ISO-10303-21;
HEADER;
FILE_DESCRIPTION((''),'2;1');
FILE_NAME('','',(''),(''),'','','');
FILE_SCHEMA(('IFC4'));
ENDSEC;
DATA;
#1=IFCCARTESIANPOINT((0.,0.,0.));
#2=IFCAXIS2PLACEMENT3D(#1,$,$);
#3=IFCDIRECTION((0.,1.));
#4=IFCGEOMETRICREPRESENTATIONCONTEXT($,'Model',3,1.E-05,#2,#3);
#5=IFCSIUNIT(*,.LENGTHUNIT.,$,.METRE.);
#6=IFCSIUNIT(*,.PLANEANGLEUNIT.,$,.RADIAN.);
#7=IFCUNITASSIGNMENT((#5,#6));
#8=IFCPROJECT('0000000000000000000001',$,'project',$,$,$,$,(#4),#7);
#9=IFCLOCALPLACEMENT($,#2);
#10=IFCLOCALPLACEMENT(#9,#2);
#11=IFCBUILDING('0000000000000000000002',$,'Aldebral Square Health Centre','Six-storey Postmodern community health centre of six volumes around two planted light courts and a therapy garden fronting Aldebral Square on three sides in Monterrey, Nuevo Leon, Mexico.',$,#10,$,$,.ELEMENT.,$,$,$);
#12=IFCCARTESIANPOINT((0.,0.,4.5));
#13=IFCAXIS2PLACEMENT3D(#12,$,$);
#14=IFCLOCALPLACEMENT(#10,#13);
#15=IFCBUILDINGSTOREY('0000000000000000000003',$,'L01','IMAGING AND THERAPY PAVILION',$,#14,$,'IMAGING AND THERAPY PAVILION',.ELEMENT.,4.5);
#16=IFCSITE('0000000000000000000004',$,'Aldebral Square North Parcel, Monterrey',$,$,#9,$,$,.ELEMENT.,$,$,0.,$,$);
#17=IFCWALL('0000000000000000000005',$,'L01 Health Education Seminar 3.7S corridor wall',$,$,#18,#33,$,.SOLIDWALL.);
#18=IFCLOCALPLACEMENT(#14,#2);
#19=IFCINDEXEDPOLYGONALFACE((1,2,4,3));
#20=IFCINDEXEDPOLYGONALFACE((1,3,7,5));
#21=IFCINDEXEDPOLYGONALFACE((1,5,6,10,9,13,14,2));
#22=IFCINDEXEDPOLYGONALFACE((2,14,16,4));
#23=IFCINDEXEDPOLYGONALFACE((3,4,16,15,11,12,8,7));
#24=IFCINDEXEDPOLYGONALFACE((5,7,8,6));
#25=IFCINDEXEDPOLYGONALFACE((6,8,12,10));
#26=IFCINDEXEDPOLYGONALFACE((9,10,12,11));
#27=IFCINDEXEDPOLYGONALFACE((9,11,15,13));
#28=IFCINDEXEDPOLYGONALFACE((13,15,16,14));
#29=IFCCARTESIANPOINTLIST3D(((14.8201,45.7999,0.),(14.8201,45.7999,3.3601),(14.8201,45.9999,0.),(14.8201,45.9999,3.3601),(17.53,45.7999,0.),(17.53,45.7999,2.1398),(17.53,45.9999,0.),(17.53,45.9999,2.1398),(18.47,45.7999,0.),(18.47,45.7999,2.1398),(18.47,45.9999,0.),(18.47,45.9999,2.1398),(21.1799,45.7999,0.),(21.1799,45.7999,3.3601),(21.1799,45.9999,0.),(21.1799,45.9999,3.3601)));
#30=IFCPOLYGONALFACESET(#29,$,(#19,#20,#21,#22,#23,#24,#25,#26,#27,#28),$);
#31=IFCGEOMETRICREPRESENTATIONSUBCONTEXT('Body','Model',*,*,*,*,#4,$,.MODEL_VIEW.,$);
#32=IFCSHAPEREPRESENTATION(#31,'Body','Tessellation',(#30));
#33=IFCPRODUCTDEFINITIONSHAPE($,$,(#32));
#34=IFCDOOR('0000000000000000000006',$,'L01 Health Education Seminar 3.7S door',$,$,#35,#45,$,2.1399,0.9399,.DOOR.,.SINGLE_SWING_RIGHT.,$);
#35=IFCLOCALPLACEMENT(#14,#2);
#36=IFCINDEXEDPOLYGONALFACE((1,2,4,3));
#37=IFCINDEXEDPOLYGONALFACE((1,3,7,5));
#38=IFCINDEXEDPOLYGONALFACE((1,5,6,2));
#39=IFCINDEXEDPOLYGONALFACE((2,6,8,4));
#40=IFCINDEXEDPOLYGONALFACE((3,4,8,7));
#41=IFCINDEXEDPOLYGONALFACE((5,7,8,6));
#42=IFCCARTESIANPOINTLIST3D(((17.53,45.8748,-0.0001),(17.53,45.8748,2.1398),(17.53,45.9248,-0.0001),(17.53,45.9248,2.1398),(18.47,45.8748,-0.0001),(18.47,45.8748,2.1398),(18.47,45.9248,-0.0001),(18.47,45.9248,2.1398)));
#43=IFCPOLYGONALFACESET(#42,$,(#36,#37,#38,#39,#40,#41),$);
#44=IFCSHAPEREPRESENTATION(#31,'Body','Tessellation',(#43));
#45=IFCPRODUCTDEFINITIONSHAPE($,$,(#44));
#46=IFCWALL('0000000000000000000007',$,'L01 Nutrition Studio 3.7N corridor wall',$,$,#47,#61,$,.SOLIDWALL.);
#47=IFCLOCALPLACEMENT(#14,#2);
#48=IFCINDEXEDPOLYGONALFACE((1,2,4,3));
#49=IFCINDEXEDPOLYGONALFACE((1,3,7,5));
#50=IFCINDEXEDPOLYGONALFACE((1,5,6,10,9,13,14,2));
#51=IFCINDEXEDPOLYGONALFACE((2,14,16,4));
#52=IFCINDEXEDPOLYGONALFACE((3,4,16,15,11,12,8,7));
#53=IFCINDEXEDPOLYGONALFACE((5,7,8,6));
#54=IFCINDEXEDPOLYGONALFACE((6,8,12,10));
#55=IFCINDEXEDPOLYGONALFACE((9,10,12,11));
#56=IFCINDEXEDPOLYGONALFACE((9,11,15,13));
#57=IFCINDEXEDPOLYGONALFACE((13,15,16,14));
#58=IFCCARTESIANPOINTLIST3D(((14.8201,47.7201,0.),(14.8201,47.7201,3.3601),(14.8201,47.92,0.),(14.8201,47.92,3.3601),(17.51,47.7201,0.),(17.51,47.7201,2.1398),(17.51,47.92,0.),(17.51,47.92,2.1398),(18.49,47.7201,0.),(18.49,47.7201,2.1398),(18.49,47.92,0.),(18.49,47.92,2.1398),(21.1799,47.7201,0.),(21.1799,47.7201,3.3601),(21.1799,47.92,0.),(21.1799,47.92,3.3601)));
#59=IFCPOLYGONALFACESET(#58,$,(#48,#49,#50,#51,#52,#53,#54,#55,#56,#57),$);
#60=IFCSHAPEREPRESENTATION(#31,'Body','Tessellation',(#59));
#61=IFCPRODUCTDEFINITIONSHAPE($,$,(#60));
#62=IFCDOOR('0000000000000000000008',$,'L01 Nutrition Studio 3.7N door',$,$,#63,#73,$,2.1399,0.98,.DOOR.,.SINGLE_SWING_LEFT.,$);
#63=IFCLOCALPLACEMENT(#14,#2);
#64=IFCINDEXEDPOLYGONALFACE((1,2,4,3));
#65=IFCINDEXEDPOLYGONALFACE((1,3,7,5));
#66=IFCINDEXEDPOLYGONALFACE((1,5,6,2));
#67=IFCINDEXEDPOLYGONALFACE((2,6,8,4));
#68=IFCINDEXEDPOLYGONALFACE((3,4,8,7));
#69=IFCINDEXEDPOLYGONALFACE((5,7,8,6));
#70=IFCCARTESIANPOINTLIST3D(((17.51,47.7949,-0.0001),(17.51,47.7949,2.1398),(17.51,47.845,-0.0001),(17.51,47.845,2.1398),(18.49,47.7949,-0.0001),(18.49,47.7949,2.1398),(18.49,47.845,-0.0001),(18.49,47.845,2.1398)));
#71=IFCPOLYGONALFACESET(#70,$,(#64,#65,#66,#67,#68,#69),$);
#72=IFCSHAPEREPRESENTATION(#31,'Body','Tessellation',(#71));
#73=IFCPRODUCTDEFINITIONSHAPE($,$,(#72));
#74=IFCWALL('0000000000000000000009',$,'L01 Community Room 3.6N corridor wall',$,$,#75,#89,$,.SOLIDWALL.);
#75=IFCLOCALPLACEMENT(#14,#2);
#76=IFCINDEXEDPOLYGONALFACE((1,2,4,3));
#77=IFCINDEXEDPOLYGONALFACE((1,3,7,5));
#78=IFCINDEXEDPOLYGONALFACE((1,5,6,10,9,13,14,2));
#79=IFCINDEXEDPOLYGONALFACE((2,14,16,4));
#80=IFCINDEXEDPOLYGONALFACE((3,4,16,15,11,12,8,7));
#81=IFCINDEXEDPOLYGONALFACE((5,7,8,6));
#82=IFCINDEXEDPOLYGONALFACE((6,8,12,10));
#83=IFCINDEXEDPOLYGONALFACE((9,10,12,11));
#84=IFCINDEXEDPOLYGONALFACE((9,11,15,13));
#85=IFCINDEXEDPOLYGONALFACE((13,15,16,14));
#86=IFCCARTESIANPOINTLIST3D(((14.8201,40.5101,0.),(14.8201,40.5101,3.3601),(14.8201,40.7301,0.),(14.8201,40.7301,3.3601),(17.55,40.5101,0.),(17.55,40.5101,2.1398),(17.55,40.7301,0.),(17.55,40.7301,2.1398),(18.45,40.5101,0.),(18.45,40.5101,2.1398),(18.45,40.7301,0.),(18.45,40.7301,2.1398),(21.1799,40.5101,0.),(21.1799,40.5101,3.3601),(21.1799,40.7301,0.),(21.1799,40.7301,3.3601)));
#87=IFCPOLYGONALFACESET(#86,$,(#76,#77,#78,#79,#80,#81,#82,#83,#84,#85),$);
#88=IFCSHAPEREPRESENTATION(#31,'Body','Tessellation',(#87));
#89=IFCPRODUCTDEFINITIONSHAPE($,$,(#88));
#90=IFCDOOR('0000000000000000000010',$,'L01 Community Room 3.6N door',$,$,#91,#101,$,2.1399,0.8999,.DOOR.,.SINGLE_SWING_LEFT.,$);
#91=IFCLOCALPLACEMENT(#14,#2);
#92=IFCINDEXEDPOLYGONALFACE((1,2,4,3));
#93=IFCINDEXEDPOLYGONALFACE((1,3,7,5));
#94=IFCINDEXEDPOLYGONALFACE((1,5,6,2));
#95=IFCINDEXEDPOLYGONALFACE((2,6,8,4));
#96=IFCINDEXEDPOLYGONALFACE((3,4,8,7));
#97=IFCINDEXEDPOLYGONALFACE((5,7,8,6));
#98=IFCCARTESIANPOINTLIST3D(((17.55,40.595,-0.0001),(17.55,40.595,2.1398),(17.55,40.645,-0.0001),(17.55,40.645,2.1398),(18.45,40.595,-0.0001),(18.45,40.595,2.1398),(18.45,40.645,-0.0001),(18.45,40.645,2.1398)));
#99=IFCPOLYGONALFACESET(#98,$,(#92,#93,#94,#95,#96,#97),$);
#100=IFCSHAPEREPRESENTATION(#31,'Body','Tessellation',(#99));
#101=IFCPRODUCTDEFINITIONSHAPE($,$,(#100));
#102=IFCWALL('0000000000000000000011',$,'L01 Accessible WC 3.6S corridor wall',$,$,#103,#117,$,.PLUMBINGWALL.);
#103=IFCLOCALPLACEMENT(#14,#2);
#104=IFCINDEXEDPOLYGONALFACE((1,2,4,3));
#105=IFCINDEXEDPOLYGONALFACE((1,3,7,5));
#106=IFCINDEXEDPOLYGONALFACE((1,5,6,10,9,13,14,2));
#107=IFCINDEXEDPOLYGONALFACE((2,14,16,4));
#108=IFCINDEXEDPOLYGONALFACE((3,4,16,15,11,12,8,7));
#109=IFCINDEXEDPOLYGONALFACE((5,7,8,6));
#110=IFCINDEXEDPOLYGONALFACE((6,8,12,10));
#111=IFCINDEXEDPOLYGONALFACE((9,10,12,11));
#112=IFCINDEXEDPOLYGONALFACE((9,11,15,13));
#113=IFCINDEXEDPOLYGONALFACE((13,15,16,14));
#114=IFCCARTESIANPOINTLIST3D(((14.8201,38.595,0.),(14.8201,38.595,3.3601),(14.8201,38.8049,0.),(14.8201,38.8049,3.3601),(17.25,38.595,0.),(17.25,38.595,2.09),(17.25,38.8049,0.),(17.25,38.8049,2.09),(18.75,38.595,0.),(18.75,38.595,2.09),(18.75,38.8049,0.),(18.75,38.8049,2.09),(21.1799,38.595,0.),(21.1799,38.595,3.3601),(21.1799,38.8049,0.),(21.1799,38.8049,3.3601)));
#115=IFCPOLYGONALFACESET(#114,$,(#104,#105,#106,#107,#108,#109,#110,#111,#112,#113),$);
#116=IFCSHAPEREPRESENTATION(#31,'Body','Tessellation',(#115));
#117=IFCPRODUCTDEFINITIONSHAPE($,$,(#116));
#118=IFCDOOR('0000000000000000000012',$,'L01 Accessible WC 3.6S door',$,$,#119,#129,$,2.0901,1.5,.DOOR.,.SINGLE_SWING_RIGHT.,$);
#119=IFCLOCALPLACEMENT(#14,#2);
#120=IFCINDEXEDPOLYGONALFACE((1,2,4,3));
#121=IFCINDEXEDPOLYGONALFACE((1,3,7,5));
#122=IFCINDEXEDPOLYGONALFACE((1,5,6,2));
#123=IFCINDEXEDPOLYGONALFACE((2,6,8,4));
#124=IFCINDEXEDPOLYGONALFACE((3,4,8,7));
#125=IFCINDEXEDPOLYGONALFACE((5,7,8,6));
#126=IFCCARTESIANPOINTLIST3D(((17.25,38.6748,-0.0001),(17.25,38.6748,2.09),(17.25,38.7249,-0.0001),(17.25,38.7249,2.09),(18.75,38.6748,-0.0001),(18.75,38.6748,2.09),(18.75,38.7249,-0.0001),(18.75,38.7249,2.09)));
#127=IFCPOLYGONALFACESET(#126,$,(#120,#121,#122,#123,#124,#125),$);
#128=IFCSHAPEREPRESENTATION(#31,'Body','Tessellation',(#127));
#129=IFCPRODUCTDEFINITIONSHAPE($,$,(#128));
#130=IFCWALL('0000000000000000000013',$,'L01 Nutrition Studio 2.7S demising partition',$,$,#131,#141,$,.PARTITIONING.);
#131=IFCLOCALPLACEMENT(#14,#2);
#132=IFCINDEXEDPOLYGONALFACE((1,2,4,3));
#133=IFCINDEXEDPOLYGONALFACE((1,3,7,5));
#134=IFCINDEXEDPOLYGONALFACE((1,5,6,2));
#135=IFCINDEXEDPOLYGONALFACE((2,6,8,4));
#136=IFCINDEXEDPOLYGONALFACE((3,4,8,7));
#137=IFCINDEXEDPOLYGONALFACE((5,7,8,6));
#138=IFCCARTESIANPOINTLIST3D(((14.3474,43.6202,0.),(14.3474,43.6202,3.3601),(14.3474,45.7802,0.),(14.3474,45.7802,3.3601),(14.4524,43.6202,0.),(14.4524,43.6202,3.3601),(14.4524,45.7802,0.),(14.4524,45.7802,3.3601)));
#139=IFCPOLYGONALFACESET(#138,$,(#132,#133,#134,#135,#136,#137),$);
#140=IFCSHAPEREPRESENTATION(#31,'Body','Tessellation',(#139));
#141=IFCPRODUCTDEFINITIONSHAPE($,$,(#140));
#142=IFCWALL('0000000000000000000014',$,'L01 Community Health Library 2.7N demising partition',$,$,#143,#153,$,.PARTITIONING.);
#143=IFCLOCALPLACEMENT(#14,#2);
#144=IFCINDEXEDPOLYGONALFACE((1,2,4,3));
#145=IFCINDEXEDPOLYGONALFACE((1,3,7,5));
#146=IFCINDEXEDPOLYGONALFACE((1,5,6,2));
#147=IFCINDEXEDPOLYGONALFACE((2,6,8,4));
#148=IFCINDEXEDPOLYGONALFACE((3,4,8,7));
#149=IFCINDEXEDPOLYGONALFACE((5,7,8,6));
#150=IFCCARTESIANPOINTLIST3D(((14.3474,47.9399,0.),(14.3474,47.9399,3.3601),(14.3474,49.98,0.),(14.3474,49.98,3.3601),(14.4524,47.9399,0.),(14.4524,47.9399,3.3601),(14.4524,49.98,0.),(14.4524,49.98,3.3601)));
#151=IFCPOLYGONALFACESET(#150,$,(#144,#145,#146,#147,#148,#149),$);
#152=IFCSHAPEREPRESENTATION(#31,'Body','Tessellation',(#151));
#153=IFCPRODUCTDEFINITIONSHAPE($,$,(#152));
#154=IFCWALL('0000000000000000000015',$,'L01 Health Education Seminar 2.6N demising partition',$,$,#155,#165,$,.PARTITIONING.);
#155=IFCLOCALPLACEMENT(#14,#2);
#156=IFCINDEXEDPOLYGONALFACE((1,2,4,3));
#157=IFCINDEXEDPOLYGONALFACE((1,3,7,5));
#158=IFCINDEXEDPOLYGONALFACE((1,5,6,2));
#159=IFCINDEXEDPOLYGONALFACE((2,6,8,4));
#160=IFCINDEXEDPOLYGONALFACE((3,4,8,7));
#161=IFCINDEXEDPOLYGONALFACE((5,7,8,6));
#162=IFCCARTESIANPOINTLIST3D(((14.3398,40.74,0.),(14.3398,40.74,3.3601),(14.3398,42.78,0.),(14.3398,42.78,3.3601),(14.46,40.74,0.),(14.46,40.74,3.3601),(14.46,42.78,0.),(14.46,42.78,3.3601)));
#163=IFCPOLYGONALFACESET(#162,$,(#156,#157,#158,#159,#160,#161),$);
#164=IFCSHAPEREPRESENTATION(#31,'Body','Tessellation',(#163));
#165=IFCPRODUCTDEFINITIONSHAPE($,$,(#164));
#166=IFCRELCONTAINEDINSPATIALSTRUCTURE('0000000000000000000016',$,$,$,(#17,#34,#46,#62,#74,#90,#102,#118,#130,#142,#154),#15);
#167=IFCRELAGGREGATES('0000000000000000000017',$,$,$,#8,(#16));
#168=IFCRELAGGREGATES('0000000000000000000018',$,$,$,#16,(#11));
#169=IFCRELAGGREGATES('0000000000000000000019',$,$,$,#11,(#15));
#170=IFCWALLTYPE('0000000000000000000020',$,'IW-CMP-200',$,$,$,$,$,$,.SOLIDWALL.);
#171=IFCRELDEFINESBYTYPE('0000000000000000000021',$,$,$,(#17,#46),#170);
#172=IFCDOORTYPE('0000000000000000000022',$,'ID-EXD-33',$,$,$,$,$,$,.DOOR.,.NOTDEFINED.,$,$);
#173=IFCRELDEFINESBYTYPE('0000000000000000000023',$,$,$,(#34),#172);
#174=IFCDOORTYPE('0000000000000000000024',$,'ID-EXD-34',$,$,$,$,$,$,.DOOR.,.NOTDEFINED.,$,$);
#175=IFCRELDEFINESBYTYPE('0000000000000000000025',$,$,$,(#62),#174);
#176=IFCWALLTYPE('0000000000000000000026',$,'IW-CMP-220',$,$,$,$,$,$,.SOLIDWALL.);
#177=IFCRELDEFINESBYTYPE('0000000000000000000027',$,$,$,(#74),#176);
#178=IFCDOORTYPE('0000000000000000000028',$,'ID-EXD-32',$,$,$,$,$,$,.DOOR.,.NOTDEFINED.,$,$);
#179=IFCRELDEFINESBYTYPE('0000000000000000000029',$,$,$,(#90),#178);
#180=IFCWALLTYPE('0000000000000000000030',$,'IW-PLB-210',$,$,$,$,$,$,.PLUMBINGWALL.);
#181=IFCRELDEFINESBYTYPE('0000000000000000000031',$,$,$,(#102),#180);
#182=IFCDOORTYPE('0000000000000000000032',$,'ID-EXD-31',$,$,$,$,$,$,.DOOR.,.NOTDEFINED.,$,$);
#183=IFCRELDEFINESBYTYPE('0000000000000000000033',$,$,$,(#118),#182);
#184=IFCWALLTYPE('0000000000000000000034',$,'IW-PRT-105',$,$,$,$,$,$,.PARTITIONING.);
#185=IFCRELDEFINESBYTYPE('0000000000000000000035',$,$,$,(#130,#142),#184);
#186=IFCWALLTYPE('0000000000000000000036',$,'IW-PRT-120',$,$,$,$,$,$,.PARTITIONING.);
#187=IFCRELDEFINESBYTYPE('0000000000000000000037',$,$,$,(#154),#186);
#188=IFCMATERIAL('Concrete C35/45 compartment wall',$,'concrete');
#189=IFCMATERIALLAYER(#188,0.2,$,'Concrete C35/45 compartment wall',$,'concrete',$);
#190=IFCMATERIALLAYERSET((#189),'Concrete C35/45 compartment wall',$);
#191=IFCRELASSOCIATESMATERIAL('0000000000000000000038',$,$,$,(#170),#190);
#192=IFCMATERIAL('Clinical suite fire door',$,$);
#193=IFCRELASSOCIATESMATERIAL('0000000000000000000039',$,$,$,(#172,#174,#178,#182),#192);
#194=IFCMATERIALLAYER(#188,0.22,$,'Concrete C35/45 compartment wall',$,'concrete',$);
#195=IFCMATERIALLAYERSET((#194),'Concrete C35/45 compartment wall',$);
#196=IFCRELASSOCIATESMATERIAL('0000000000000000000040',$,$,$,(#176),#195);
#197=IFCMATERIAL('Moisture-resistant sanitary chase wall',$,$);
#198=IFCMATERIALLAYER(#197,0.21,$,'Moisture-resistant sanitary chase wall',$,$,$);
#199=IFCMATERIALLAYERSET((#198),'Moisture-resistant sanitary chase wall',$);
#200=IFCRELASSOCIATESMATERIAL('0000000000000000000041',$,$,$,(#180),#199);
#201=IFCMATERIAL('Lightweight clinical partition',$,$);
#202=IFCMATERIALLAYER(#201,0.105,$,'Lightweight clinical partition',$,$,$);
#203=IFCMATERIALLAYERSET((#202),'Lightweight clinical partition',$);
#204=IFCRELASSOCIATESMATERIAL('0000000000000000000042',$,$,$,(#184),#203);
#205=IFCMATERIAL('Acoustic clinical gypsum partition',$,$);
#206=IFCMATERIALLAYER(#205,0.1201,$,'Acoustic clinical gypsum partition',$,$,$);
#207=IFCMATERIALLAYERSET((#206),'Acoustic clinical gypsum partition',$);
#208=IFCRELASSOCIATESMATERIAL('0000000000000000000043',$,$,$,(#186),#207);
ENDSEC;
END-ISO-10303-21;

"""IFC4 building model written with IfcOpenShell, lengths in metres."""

from ifc_helpers import new_model, si_unit, direction, frame, frame_2d, origin, place, context, subcontext, project, spatial, rectangle, extrude, material, layer, layer_set, type_object, element, fill, save


model = new_model("IFC4")

# Units and contexts
model_context = context("Model", 3, precision=1e-05, world=origin(), true_north=direction((0.0, 1.0)))
body_context = subcontext(model_context, "Body", "Model", "MODEL_VIEW")
ifc_project = project(units=[si_unit("LENGTHUNIT", "METRE"), si_unit("PLANEANGLEUNIT", "RADIAN")], contexts=[model_context])

# Site, building, storey
site_placement = place(None, origin())
site = spatial("IfcSite", under=ifc_project, at=site_placement, Name="Aldebral Square North Parcel, Monterrey", CompositionType="ELEMENT", RefElevation=0.0)
building_placement = place(site_placement, origin())
building = spatial("IfcBuilding", under=site, at=building_placement, Name="Aldebral Square Health Centre", Description="Six-storey Postmodern community health centre of six volumes around two planted light courts and a therapy garden fronting Aldebral Square on three sides in Monterrey, Nuevo Leon, Mexico.", CompositionType="ELEMENT")
storey_placement = place(building_placement, frame((0.0, 0.0, 4.5)))
storey = spatial("IfcBuildingStorey", under=building, at=storey_placement, Name="L01", Description="IMAGING AND THERAPY PAVILION", LongName="IMAGING AND THERAPY PAVILION", CompositionType="ELEMENT", Elevation=4.5)

# Walls, openings, doors
ifc_material_1 = material(Name="Concrete C35/45 compartment wall", Category="concrete")
ifc_layer_1 = layer(ifc_material_1, 0.2, Name="Concrete C35/45 compartment wall", Category="concrete")
ifc_layer_set_1 = layer_set([ifc_layer_1], Name="Concrete C35/45 compartment wall")
wall_type_1 = type_object("IfcWallType", Name="IW-CMP-200", PredefinedType="SOLIDWALL", material=ifc_layer_set_1)
wall_1_placement = place(storey_placement, frame((14.8201, 45.8999, 0.0), z_axis=(0.0, 0.0, 1.0), x_axis=(1.0, 0.0, 0.0)))
wall_1 = element("IfcWall", 1, at=wall_1_placement, inside=storey, type_object=wall_type_1, Name="L01 Health Education Seminar 3.7S corridor wall", PredefinedType="SOLIDWALL", context=body_context, shape_type="SweptSolid", body=[
    extrude(rectangle(XDim=6.3599, YDim=0.2, at=frame_2d((3.1799, 0.0))), origin(), (0.0, 0.0, 1.0), 3.3601),
])
opening_1_placement = place(wall_1_placement, frame((2.71, 0.0, 0.0)))
opening_1 = element("IfcOpeningElement", 2, at=opening_1_placement, cuts=wall_1, PredefinedType="OPENING", context=body_context, shape_type="SweptSolid", body=[
    extrude(rectangle(XDim=0.9399, YDim=2.1399, at=frame_2d((0.47, 1.0698))), frame((0.0, 0.1099, 0.0), z_axis=(0.0, -1.0, 0.0), x_axis=(1.0, 0.0, 0.0)), (0.0, 0.0, 1.0), 0.22),
])
ifc_material_2 = material(Name="Clinical suite fire door")
door_type_1 = type_object("IfcDoorType", Name="ID-EXD-33", OperationType="NOTDEFINED", PredefinedType="DOOR", material=ifc_material_2)
door_1_placement = place(opening_1_placement, origin())
door_1 = element("IfcDoor", 3, at=door_1_placement, inside=storey, type_object=door_type_1, Name="L01 Health Education Seminar 3.7S door", OperationType="SINGLE_SWING_RIGHT", OverallHeight=2.1399, OverallWidth=0.9399, PredefinedType="DOOR", context=body_context, shape_type="SweptSolid", body=[
    extrude(rectangle(XDim=0.9399, YDim=2.1399, at=frame_2d((0.47, 1.0698))), frame((0.0, 0.0249, 0.0), z_axis=(0.0, -1.0, 0.0), x_axis=(1.0, 0.0, 0.0)), (0.0, 0.0, 1.0), 0.05),
])
fill(opening_1, door_1)
wall_2_placement = place(storey_placement, frame((14.8201, 47.8201, 0.0), z_axis=(0.0, 0.0, 1.0), x_axis=(1.0, 0.0, 0.0)))
wall_2 = element("IfcWall", 4, at=wall_2_placement, inside=storey, type_object=wall_type_1, Name="L01 Nutrition Studio 3.7N corridor wall", PredefinedType="SOLIDWALL", context=body_context, shape_type="SweptSolid", body=[
    extrude(rectangle(XDim=6.3599, YDim=0.2, at=frame_2d((3.1799, 0.0))), origin(), (0.0, 0.0, 1.0), 3.3601),
])
opening_2_placement = place(wall_2_placement, frame((2.6899, 0.0, 0.0)))
opening_2 = element("IfcOpeningElement", 5, at=opening_2_placement, cuts=wall_2, PredefinedType="OPENING", context=body_context, shape_type="SweptSolid", body=[
    extrude(rectangle(XDim=0.98, YDim=2.1399, at=frame_2d((0.49, 1.0698))), frame((0.0, 0.1099, 0.0), z_axis=(0.0, -1.0, 0.0), x_axis=(1.0, 0.0, 0.0)), (0.0, 0.0, 1.0), 0.22),
])
door_type_2 = type_object("IfcDoorType", Name="ID-EXD-34", OperationType="NOTDEFINED", PredefinedType="DOOR", material=ifc_material_2)
door_2_placement = place(opening_2_placement, origin())
door_2 = element("IfcDoor", 6, at=door_2_placement, inside=storey, type_object=door_type_2, Name="L01 Nutrition Studio 3.7N door", OperationType="SINGLE_SWING_LEFT", OverallHeight=2.1399, OverallWidth=0.98, PredefinedType="DOOR", context=body_context, shape_type="SweptSolid", body=[
    extrude(rectangle(XDim=0.98, YDim=2.1399, at=frame_2d((0.49, 1.0698))), frame((0.0, 0.0249, 0.0), z_axis=(0.0, -1.0, 0.0), x_axis=(1.0, 0.0, 0.0)), (0.0, 0.0, 1.0), 0.05),
])
fill(opening_2, door_2)
ifc_layer_2 = layer(ifc_material_1, 0.22, Name="Concrete C35/45 compartment wall", Category="concrete")
ifc_layer_set_2 = layer_set([ifc_layer_2], Name="Concrete C35/45 compartment wall")
wall_type_2 = type_object("IfcWallType", Name="IW-CMP-220", PredefinedType="SOLIDWALL", material=ifc_layer_set_2)
wall_3_placement = place(storey_placement, frame((14.8201, 40.6201, 0.0), z_axis=(0.0, 0.0, 1.0), x_axis=(1.0, 0.0, 0.0)))
wall_3 = element("IfcWall", 7, at=wall_3_placement, inside=storey, type_object=wall_type_2, Name="L01 Community Room 3.6N corridor wall", PredefinedType="SOLIDWALL", context=body_context, shape_type="SweptSolid", body=[
    extrude(rectangle(XDim=6.3599, YDim=0.22, at=frame_2d((3.1799, 0.0))), origin(), (0.0, 0.0, 1.0), 3.3601),
])
opening_3_placement = place(wall_3_placement, frame((2.73, 0.0, 0.0)))
opening_3 = element("IfcOpeningElement", 8, at=opening_3_placement, cuts=wall_3, PredefinedType="OPENING", context=body_context, shape_type="SweptSolid", body=[
    extrude(rectangle(XDim=0.8999, YDim=2.1399, at=frame_2d((0.45, 1.0698))), frame((0.0, 0.1201, 0.0), z_axis=(0.0, -1.0, 0.0), x_axis=(1.0, 0.0, 0.0)), (0.0, 0.0, 1.0), 0.24),
])
door_type_3 = type_object("IfcDoorType", Name="ID-EXD-32", OperationType="NOTDEFINED", PredefinedType="DOOR", material=ifc_material_2)
door_3_placement = place(opening_3_placement, origin())
door_3 = element("IfcDoor", 9, at=door_3_placement, inside=storey, type_object=door_type_3, Name="L01 Community Room 3.6N door", OperationType="SINGLE_SWING_LEFT", OverallHeight=2.1399, OverallWidth=0.8999, PredefinedType="DOOR", context=body_context, shape_type="SweptSolid", body=[
    extrude(rectangle(XDim=0.8999, YDim=2.1399, at=frame_2d((0.45, 1.0698))), frame((0.0, 0.0249, 0.0), z_axis=(0.0, -1.0, 0.0), x_axis=(1.0, 0.0, 0.0)), (0.0, 0.0, 1.0), 0.05),
])
fill(opening_3, door_3)
ifc_material_3 = material(Name="Moisture-resistant sanitary chase wall")
ifc_layer_3 = layer(ifc_material_3, 0.21, Name="Moisture-resistant sanitary chase wall")
ifc_layer_set_3 = layer_set([ifc_layer_3], Name="Moisture-resistant sanitary chase wall")
wall_type_3 = type_object("IfcWallType", Name="IW-PLB-210", PredefinedType="PLUMBINGWALL", material=ifc_layer_set_3)
wall_4_placement = place(storey_placement, frame((14.8201, 38.7, 0.0), z_axis=(0.0, 0.0, 1.0), x_axis=(1.0, 0.0, 0.0)))
wall_4 = element("IfcWall", 10, at=wall_4_placement, inside=storey, type_object=wall_type_3, Name="L01 Accessible WC 3.6S corridor wall", PredefinedType="PLUMBINGWALL", context=body_context, shape_type="SweptSolid", body=[
    extrude(rectangle(XDim=6.3599, YDim=0.21, at=frame_2d((3.1799, 0.0))), origin(), (0.0, 0.0, 1.0), 3.3601),
])
opening_4_placement = place(wall_4_placement, frame((2.4299, 0.0, 0.0)))
opening_4 = element("IfcOpeningElement", 11, at=opening_4_placement, cuts=wall_4, PredefinedType="OPENING", context=body_context, shape_type="SweptSolid", body=[
    extrude(rectangle(XDim=1.5, YDim=2.0901, at=frame_2d((0.75, 1.0449))), frame((0.0, 0.115, 0.0), z_axis=(0.0, -1.0, 0.0), x_axis=(1.0, 0.0, 0.0)), (0.0, 0.0, 1.0), 0.23),
])
door_type_4 = type_object("IfcDoorType", Name="ID-EXD-31", OperationType="NOTDEFINED", PredefinedType="DOOR", material=ifc_material_2)
door_4_placement = place(opening_4_placement, origin())
door_4 = element("IfcDoor", 12, at=door_4_placement, inside=storey, type_object=door_type_4, Name="L01 Accessible WC 3.6S door", OperationType="SINGLE_SWING_RIGHT", OverallHeight=2.0901, OverallWidth=1.5, PredefinedType="DOOR", context=body_context, shape_type="SweptSolid", body=[
    extrude(rectangle(XDim=1.5, YDim=2.0901, at=frame_2d((0.75, 1.0449))), frame((0.0, 0.0249, 0.0), z_axis=(0.0, -1.0, 0.0), x_axis=(1.0, 0.0, 0.0)), (0.0, 0.0, 1.0), 0.05),
])
fill(opening_4, door_4)

# Walls
ifc_material_4 = material(Name="Lightweight clinical partition")
ifc_layer_4 = layer(ifc_material_4, 0.105, Name="Lightweight clinical partition")
ifc_layer_set_4 = layer_set([ifc_layer_4], Name="Lightweight clinical partition")
wall_type_4 = type_object("IfcWallType", Name="IW-PRT-105", PredefinedType="PARTITIONING", material=ifc_layer_set_4)
wall_5_placement = place(storey_placement, frame((14.3999, 43.6201, 0.0), z_axis=(0.0, 0.0, 1.0), x_axis=(0.0, 1.0, 0.0)))
element("IfcWall", 13, at=wall_5_placement, inside=storey, type_object=wall_type_4, Name="L01 Nutrition Studio 2.7S demising partition", PredefinedType="PARTITIONING", context=body_context, shape_type="SweptSolid", body=[
    extrude(rectangle(XDim=2.1599, YDim=0.105, at=frame_2d((1.0801, 0.0))), origin(), (0.0, 0.0, 1.0), 3.3601),
])
wall_6_placement = place(storey_placement, frame((14.3999, 47.9399, 0.0), z_axis=(0.0, 0.0, 1.0), x_axis=(0.0, 1.0, 0.0)))
element("IfcWall", 14, at=wall_6_placement, inside=storey, type_object=wall_type_4, Name="L01 Community Health Library 2.7N demising partition", PredefinedType="PARTITIONING", context=body_context, shape_type="SweptSolid", body=[
    extrude(rectangle(XDim=2.04, YDim=0.105, at=frame_2d((1.02, 0.0))), origin(), (0.0, 0.0, 1.0), 3.3601),
])
ifc_material_5 = material(Name="Acoustic clinical gypsum partition")
ifc_layer_5 = layer(ifc_material_5, 0.1201, Name="Acoustic clinical gypsum partition")
ifc_layer_set_5 = layer_set([ifc_layer_5], Name="Acoustic clinical gypsum partition")
wall_type_5 = type_object("IfcWallType", Name="IW-PRT-120", PredefinedType="PARTITIONING", material=ifc_layer_set_5)
wall_7_placement = place(storey_placement, frame((14.3999, 40.74, 0.0), z_axis=(0.0, 0.0, 1.0), x_axis=(0.0, 1.0, 0.0)))
element("IfcWall", 15, at=wall_7_placement, inside=storey, type_object=wall_type_5, Name="L01 Health Education Seminar 2.6N demising partition", PredefinedType="PARTITIONING", context=body_context, shape_type="SweptSolid", body=[
    extrude(rectangle(XDim=2.04, YDim=0.1201, at=frame_2d((1.02, 0.0))), origin(), (0.0, 0.0, 1.0), 3.3601),
])

save(model, "model.ifc")
